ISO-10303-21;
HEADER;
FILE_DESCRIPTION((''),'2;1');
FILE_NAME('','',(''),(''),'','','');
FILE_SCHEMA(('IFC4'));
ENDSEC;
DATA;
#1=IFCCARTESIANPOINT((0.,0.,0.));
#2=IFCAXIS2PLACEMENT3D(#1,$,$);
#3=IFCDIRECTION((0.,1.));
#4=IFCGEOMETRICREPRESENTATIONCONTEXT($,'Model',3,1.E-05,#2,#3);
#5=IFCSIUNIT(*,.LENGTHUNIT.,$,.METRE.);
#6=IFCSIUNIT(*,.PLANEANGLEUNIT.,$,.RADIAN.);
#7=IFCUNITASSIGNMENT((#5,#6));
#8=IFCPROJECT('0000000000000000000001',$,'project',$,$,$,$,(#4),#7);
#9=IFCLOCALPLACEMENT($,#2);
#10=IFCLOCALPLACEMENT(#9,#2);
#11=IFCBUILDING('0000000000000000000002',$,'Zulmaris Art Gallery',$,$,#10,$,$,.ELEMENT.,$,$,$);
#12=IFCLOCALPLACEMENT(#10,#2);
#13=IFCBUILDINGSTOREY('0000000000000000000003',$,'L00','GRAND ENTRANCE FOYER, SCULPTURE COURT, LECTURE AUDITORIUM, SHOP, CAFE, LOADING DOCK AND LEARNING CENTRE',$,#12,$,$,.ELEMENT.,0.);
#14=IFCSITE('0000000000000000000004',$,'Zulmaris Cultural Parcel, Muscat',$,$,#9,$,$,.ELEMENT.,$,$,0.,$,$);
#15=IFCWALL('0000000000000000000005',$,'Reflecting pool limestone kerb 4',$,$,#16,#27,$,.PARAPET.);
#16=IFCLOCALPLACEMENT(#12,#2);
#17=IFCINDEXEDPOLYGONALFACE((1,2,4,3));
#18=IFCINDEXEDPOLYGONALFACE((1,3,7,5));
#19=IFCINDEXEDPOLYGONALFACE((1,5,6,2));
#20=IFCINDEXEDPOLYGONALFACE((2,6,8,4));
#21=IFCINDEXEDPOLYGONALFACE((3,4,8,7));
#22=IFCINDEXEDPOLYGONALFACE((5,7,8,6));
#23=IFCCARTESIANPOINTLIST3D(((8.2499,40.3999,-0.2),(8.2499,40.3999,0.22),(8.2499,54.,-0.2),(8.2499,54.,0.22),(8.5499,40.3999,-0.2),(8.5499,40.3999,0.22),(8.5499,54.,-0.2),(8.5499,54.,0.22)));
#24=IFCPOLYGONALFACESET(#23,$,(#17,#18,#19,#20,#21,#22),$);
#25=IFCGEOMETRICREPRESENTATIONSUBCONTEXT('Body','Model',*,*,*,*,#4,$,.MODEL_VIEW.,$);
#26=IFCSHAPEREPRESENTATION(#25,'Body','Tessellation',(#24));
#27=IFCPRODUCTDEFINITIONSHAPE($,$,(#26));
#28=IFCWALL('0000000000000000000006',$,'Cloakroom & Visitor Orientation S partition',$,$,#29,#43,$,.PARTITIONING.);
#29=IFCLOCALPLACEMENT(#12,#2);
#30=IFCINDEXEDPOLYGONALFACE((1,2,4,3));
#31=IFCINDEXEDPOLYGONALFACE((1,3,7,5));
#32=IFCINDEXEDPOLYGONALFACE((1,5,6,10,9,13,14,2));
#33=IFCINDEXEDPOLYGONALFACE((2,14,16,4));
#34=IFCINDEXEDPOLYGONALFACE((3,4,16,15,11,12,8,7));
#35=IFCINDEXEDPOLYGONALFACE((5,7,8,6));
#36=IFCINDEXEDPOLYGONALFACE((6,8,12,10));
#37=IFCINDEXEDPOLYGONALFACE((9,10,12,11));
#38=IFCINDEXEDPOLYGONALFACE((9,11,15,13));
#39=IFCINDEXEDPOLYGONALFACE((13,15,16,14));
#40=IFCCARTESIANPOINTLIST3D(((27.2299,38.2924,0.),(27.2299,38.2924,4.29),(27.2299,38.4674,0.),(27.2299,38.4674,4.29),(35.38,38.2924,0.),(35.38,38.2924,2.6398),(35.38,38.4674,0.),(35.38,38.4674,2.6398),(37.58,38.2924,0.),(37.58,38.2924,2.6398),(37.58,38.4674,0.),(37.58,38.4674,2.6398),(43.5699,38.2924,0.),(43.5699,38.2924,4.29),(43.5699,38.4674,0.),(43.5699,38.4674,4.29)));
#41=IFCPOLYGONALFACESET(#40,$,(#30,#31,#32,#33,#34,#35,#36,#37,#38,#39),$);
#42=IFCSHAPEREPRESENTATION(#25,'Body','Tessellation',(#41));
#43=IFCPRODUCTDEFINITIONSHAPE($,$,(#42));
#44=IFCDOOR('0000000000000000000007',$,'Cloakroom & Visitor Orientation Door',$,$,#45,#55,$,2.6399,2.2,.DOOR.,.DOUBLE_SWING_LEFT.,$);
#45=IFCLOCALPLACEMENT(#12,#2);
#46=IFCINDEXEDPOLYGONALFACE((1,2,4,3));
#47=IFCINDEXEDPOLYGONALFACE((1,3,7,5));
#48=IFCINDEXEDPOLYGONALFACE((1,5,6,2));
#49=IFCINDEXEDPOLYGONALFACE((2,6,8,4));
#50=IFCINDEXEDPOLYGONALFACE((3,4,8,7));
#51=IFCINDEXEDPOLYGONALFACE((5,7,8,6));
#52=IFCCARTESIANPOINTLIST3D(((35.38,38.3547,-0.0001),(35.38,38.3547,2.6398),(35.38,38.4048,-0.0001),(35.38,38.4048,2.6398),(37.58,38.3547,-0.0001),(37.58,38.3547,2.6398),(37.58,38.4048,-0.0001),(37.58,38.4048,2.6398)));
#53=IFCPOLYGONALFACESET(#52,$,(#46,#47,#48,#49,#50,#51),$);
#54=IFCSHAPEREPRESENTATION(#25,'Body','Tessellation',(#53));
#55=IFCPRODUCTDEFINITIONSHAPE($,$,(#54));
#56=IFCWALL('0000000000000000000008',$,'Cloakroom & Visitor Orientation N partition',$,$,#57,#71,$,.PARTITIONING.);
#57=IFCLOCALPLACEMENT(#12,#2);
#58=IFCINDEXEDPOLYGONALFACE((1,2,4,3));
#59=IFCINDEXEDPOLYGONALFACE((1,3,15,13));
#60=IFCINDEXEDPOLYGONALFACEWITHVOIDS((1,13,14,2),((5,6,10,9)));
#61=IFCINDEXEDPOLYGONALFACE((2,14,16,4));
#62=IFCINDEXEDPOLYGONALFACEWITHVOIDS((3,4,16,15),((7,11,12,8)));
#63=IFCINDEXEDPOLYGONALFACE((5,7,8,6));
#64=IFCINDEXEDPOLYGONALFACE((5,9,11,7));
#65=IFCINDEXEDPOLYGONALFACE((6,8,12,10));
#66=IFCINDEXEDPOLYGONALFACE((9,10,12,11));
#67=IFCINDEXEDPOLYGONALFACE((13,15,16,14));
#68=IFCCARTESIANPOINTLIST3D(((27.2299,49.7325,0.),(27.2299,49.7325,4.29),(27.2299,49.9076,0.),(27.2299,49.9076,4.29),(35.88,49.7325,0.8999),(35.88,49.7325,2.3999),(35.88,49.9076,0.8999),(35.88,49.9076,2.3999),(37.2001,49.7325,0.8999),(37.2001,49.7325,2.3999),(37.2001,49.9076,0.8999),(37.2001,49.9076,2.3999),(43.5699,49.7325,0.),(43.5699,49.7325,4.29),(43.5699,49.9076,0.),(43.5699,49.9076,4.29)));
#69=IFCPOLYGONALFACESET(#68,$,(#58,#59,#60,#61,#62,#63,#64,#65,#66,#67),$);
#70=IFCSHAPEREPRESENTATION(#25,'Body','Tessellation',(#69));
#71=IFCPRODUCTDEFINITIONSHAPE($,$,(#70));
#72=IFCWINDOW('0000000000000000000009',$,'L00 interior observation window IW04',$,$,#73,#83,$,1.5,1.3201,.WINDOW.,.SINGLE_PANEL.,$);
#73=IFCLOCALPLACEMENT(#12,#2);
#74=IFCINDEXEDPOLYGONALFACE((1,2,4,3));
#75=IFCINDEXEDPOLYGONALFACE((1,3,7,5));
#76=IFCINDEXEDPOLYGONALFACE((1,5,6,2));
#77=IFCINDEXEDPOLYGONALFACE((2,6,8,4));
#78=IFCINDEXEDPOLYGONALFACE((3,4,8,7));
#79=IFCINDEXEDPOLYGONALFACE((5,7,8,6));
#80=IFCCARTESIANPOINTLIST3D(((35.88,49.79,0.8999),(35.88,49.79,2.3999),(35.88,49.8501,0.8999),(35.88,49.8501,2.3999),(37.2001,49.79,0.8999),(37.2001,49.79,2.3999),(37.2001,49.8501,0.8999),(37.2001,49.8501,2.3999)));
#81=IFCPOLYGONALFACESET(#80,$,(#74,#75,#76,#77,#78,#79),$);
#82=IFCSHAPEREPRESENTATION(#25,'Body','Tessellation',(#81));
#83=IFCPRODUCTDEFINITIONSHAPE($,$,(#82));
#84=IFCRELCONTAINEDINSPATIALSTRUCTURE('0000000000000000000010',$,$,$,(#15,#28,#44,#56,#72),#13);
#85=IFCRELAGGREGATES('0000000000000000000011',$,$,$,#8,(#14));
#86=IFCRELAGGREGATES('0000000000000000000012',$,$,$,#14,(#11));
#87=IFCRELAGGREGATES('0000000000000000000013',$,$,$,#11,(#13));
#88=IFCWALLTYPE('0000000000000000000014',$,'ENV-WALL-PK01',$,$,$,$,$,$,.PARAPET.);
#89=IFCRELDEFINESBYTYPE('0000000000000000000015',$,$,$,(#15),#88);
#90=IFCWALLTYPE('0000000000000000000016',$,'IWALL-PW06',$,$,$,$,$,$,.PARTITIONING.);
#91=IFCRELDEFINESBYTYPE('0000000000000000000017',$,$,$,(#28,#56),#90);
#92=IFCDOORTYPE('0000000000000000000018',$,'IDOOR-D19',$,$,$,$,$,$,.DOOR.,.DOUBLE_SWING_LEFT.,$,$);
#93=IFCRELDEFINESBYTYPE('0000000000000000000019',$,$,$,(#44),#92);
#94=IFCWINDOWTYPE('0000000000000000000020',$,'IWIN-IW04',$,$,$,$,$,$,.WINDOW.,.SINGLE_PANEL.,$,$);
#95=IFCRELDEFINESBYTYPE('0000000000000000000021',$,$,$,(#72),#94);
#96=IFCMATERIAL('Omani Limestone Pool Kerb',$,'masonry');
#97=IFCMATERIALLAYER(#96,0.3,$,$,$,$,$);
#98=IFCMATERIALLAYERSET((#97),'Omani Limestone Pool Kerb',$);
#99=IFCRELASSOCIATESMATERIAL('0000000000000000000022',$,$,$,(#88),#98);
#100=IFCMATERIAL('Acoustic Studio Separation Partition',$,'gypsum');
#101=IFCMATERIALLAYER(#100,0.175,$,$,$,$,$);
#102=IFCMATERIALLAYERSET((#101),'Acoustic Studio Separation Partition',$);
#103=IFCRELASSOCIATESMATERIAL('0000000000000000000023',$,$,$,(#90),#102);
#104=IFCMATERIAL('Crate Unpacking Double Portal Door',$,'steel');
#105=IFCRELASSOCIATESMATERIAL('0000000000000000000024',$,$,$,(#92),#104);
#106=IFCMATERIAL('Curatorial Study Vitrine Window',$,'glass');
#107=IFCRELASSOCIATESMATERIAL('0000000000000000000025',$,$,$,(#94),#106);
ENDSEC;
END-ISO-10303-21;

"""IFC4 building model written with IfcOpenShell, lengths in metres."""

from ifc_helpers import new_model, si_unit, direction, frame, frame_2d, origin, place, context, subcontext, project, spatial, rectangle, extrude, material, layer, layer_set, type_object, element, fill, save


model = new_model("IFC4")

# Units and contexts
model_context = context("Model", 3, precision=1e-05, world=origin(), true_north=direction((0.0, 1.0)))
body_context = subcontext(model_context, "Body", "Model", "MODEL_VIEW")
ifc_project = project(units=[si_unit("LENGTHUNIT", "METRE"), si_unit("PLANEANGLEUNIT", "RADIAN")], contexts=[model_context])

# Site, building, storey
site_placement = place(None, origin())
site = spatial("IfcSite", under=ifc_project, at=site_placement, Name="Zulmaris Cultural Parcel, Muscat", CompositionType="ELEMENT", RefElevation=0.0)
building_placement = place(site_placement, origin())
building = spatial("IfcBuilding", under=site, at=building_placement, Name="Zulmaris Art Gallery", CompositionType="ELEMENT")
storey_placement = place(building_placement, origin())
storey = spatial("IfcBuildingStorey", under=building, at=storey_placement, Name="L00", Description="GRAND ENTRANCE FOYER, SCULPTURE COURT, LECTURE AUDITORIUM, SHOP, CAFE, LOADING DOCK AND LEARNING CENTRE", CompositionType="ELEMENT", Elevation=0.0)

# Wall
ifc_material_1 = material(Name="Omani Limestone Pool Kerb", Category="masonry")
ifc_layer_1 = layer(ifc_material_1, 0.3)
ifc_layer_set_1 = layer_set([ifc_layer_1], Name="Omani Limestone Pool Kerb")
wall_type_1 = type_object("IfcWallType", Name="ENV-WALL-PK01", PredefinedType="PARAPET", material=ifc_layer_set_1)
wall_1_placement = place(storey_placement, frame((8.3999, 40.3999, -0.2), z_axis=(0.0, 0.0, 1.0), x_axis=(0.0, 1.0, 0.0)))
element("IfcWall", 1, at=wall_1_placement, inside=storey, type_object=wall_type_1, Name="Reflecting pool limestone kerb 4", PredefinedType="PARAPET", context=body_context, shape_type="SweptSolid", body=[
    extrude(rectangle(XDim=13.6001, YDim=0.3, at=frame_2d((6.8, 0.0))), origin(), (0.0, 0.0, 1.0), 0.4199),
])

# Wall, opening, door
ifc_material_2 = material(Name="Acoustic Studio Separation Partition", Category="gypsum")
ifc_layer_2 = layer(ifc_material_2, 0.175)
ifc_layer_set_2 = layer_set([ifc_layer_2], Name="Acoustic Studio Separation Partition")
wall_type_2 = type_object("IfcWallType", Name="IWALL-PW06", PredefinedType="PARTITIONING", material=ifc_layer_set_2)
wall_2_placement = place(storey_placement, frame((27.23, 38.3799, 0.0), z_axis=(0.0, 0.0, 1.0), x_axis=(1.0, 0.0, 0.0)))
wall_2 = element("IfcWall", 2, at=wall_2_placement, inside=storey, type_object=wall_type_2, Name="Cloakroom & Visitor Orientation S partition", PredefinedType="PARTITIONING", context=body_context, shape_type="SweptSolid", body=[
    extrude(rectangle(XDim=16.3401, YDim=0.175, at=frame_2d((8.1699, 0.0))), origin(), (0.0, 0.0, 1.0), 4.29),
])
opening_1_placement = place(wall_2_placement, frame((8.1499, 0.0, 0.0)))
opening_1 = element("IfcOpeningElement", 3, at=opening_1_placement, cuts=wall_2, PredefinedType="OPENING", context=body_context, shape_type="SweptSolid", body=[
    extrude(rectangle(XDim=2.2, YDim=2.6399, at=frame_2d((1.1001, 1.3198))), frame((0.0, 0.0974, 0.0), z_axis=(0.0, -1.0, 0.0), x_axis=(1.0, 0.0, 0.0)), (0.0, 0.0, 1.0), 0.1951),
])
ifc_material_3 = material(Name="Crate Unpacking Double Portal Door", Category="steel")
door_type_1 = type_object("IfcDoorType", Name="IDOOR-D19", OperationType="DOUBLE_SWING_LEFT", PredefinedType="DOOR", material=ifc_material_3)
door_1_placement = place(opening_1_placement, origin())
door_1 = element("IfcDoor", 4, at=door_1_placement, inside=storey, type_object=door_type_1, Name="Cloakroom & Visitor Orientation Door", OperationType="DOUBLE_SWING_LEFT", OverallHeight=2.6399, OverallWidth=2.2, PredefinedType="DOOR", context=body_context, shape_type="SweptSolid", body=[
    extrude(rectangle(XDim=2.2, YDim=2.6399, at=frame_2d((1.1001, 1.3198))), frame((0.0, 0.0249, 0.0), z_axis=(0.0, -1.0, 0.0), x_axis=(1.0, 0.0, 0.0)), (0.0, 0.0, 1.0), 0.05),
])
fill(opening_1, door_1)

# Wall, opening, window
wall_3_placement = place(storey_placement, frame((27.23, 49.8201, 0.0), z_axis=(0.0, 0.0, 1.0), x_axis=(1.0, 0.0, 0.0)))
wall_3 = element("IfcWall", 5, at=wall_3_placement, inside=storey, type_object=wall_type_2, Name="Cloakroom & Visitor Orientation N partition", PredefinedType="PARTITIONING", context=body_context, shape_type="SweptSolid", body=[
    extrude(rectangle(XDim=16.3401, YDim=0.175, at=frame_2d((8.1699, 0.0))), origin(), (0.0, 0.0, 1.0), 4.29),
])
opening_2_placement = place(wall_3_placement, frame((8.6499, 0.0, 0.8999)))
opening_2 = element("IfcOpeningElement", 6, at=opening_2_placement, cuts=wall_3, PredefinedType="OPENING", context=body_context, shape_type="SweptSolid", body=[
    extrude(rectangle(XDim=1.3201, YDim=1.5, at=frame_2d((0.6602, 0.75))), frame((0.0, 0.0974, 0.0), z_axis=(0.0, -1.0, 0.0), x_axis=(1.0, 0.0, 0.0)), (0.0, 0.0, 1.0), 0.1951),
])
ifc_material_4 = material(Name="Curatorial Study Vitrine Window", Category="glass")
window_type_1 = type_object("IfcWindowType", Name="IWIN-IW04", PartitioningType="SINGLE_PANEL", PredefinedType="WINDOW", material=ifc_material_4)
window_1_placement = place(opening_2_placement, origin())
window_1 = element("IfcWindow", 7, at=window_1_placement, inside=storey, type_object=window_type_1, Name="L00 interior observation window IW04", OverallHeight=1.5, OverallWidth=1.3201, PartitioningType="SINGLE_PANEL", PredefinedType="WINDOW", context=body_context, shape_type="SweptSolid", body=[
    extrude(rectangle(XDim=1.3201, YDim=1.5, at=frame_2d((0.6602, 0.75))), frame((0.0, 0.03, 0.0), z_axis=(0.0, -1.0, 0.0), x_axis=(1.0, 0.0, 0.0)), (0.0, 0.0, 1.0), 0.0601),
])
fill(opening_2, window_1)

save(model, "model.ifc")
